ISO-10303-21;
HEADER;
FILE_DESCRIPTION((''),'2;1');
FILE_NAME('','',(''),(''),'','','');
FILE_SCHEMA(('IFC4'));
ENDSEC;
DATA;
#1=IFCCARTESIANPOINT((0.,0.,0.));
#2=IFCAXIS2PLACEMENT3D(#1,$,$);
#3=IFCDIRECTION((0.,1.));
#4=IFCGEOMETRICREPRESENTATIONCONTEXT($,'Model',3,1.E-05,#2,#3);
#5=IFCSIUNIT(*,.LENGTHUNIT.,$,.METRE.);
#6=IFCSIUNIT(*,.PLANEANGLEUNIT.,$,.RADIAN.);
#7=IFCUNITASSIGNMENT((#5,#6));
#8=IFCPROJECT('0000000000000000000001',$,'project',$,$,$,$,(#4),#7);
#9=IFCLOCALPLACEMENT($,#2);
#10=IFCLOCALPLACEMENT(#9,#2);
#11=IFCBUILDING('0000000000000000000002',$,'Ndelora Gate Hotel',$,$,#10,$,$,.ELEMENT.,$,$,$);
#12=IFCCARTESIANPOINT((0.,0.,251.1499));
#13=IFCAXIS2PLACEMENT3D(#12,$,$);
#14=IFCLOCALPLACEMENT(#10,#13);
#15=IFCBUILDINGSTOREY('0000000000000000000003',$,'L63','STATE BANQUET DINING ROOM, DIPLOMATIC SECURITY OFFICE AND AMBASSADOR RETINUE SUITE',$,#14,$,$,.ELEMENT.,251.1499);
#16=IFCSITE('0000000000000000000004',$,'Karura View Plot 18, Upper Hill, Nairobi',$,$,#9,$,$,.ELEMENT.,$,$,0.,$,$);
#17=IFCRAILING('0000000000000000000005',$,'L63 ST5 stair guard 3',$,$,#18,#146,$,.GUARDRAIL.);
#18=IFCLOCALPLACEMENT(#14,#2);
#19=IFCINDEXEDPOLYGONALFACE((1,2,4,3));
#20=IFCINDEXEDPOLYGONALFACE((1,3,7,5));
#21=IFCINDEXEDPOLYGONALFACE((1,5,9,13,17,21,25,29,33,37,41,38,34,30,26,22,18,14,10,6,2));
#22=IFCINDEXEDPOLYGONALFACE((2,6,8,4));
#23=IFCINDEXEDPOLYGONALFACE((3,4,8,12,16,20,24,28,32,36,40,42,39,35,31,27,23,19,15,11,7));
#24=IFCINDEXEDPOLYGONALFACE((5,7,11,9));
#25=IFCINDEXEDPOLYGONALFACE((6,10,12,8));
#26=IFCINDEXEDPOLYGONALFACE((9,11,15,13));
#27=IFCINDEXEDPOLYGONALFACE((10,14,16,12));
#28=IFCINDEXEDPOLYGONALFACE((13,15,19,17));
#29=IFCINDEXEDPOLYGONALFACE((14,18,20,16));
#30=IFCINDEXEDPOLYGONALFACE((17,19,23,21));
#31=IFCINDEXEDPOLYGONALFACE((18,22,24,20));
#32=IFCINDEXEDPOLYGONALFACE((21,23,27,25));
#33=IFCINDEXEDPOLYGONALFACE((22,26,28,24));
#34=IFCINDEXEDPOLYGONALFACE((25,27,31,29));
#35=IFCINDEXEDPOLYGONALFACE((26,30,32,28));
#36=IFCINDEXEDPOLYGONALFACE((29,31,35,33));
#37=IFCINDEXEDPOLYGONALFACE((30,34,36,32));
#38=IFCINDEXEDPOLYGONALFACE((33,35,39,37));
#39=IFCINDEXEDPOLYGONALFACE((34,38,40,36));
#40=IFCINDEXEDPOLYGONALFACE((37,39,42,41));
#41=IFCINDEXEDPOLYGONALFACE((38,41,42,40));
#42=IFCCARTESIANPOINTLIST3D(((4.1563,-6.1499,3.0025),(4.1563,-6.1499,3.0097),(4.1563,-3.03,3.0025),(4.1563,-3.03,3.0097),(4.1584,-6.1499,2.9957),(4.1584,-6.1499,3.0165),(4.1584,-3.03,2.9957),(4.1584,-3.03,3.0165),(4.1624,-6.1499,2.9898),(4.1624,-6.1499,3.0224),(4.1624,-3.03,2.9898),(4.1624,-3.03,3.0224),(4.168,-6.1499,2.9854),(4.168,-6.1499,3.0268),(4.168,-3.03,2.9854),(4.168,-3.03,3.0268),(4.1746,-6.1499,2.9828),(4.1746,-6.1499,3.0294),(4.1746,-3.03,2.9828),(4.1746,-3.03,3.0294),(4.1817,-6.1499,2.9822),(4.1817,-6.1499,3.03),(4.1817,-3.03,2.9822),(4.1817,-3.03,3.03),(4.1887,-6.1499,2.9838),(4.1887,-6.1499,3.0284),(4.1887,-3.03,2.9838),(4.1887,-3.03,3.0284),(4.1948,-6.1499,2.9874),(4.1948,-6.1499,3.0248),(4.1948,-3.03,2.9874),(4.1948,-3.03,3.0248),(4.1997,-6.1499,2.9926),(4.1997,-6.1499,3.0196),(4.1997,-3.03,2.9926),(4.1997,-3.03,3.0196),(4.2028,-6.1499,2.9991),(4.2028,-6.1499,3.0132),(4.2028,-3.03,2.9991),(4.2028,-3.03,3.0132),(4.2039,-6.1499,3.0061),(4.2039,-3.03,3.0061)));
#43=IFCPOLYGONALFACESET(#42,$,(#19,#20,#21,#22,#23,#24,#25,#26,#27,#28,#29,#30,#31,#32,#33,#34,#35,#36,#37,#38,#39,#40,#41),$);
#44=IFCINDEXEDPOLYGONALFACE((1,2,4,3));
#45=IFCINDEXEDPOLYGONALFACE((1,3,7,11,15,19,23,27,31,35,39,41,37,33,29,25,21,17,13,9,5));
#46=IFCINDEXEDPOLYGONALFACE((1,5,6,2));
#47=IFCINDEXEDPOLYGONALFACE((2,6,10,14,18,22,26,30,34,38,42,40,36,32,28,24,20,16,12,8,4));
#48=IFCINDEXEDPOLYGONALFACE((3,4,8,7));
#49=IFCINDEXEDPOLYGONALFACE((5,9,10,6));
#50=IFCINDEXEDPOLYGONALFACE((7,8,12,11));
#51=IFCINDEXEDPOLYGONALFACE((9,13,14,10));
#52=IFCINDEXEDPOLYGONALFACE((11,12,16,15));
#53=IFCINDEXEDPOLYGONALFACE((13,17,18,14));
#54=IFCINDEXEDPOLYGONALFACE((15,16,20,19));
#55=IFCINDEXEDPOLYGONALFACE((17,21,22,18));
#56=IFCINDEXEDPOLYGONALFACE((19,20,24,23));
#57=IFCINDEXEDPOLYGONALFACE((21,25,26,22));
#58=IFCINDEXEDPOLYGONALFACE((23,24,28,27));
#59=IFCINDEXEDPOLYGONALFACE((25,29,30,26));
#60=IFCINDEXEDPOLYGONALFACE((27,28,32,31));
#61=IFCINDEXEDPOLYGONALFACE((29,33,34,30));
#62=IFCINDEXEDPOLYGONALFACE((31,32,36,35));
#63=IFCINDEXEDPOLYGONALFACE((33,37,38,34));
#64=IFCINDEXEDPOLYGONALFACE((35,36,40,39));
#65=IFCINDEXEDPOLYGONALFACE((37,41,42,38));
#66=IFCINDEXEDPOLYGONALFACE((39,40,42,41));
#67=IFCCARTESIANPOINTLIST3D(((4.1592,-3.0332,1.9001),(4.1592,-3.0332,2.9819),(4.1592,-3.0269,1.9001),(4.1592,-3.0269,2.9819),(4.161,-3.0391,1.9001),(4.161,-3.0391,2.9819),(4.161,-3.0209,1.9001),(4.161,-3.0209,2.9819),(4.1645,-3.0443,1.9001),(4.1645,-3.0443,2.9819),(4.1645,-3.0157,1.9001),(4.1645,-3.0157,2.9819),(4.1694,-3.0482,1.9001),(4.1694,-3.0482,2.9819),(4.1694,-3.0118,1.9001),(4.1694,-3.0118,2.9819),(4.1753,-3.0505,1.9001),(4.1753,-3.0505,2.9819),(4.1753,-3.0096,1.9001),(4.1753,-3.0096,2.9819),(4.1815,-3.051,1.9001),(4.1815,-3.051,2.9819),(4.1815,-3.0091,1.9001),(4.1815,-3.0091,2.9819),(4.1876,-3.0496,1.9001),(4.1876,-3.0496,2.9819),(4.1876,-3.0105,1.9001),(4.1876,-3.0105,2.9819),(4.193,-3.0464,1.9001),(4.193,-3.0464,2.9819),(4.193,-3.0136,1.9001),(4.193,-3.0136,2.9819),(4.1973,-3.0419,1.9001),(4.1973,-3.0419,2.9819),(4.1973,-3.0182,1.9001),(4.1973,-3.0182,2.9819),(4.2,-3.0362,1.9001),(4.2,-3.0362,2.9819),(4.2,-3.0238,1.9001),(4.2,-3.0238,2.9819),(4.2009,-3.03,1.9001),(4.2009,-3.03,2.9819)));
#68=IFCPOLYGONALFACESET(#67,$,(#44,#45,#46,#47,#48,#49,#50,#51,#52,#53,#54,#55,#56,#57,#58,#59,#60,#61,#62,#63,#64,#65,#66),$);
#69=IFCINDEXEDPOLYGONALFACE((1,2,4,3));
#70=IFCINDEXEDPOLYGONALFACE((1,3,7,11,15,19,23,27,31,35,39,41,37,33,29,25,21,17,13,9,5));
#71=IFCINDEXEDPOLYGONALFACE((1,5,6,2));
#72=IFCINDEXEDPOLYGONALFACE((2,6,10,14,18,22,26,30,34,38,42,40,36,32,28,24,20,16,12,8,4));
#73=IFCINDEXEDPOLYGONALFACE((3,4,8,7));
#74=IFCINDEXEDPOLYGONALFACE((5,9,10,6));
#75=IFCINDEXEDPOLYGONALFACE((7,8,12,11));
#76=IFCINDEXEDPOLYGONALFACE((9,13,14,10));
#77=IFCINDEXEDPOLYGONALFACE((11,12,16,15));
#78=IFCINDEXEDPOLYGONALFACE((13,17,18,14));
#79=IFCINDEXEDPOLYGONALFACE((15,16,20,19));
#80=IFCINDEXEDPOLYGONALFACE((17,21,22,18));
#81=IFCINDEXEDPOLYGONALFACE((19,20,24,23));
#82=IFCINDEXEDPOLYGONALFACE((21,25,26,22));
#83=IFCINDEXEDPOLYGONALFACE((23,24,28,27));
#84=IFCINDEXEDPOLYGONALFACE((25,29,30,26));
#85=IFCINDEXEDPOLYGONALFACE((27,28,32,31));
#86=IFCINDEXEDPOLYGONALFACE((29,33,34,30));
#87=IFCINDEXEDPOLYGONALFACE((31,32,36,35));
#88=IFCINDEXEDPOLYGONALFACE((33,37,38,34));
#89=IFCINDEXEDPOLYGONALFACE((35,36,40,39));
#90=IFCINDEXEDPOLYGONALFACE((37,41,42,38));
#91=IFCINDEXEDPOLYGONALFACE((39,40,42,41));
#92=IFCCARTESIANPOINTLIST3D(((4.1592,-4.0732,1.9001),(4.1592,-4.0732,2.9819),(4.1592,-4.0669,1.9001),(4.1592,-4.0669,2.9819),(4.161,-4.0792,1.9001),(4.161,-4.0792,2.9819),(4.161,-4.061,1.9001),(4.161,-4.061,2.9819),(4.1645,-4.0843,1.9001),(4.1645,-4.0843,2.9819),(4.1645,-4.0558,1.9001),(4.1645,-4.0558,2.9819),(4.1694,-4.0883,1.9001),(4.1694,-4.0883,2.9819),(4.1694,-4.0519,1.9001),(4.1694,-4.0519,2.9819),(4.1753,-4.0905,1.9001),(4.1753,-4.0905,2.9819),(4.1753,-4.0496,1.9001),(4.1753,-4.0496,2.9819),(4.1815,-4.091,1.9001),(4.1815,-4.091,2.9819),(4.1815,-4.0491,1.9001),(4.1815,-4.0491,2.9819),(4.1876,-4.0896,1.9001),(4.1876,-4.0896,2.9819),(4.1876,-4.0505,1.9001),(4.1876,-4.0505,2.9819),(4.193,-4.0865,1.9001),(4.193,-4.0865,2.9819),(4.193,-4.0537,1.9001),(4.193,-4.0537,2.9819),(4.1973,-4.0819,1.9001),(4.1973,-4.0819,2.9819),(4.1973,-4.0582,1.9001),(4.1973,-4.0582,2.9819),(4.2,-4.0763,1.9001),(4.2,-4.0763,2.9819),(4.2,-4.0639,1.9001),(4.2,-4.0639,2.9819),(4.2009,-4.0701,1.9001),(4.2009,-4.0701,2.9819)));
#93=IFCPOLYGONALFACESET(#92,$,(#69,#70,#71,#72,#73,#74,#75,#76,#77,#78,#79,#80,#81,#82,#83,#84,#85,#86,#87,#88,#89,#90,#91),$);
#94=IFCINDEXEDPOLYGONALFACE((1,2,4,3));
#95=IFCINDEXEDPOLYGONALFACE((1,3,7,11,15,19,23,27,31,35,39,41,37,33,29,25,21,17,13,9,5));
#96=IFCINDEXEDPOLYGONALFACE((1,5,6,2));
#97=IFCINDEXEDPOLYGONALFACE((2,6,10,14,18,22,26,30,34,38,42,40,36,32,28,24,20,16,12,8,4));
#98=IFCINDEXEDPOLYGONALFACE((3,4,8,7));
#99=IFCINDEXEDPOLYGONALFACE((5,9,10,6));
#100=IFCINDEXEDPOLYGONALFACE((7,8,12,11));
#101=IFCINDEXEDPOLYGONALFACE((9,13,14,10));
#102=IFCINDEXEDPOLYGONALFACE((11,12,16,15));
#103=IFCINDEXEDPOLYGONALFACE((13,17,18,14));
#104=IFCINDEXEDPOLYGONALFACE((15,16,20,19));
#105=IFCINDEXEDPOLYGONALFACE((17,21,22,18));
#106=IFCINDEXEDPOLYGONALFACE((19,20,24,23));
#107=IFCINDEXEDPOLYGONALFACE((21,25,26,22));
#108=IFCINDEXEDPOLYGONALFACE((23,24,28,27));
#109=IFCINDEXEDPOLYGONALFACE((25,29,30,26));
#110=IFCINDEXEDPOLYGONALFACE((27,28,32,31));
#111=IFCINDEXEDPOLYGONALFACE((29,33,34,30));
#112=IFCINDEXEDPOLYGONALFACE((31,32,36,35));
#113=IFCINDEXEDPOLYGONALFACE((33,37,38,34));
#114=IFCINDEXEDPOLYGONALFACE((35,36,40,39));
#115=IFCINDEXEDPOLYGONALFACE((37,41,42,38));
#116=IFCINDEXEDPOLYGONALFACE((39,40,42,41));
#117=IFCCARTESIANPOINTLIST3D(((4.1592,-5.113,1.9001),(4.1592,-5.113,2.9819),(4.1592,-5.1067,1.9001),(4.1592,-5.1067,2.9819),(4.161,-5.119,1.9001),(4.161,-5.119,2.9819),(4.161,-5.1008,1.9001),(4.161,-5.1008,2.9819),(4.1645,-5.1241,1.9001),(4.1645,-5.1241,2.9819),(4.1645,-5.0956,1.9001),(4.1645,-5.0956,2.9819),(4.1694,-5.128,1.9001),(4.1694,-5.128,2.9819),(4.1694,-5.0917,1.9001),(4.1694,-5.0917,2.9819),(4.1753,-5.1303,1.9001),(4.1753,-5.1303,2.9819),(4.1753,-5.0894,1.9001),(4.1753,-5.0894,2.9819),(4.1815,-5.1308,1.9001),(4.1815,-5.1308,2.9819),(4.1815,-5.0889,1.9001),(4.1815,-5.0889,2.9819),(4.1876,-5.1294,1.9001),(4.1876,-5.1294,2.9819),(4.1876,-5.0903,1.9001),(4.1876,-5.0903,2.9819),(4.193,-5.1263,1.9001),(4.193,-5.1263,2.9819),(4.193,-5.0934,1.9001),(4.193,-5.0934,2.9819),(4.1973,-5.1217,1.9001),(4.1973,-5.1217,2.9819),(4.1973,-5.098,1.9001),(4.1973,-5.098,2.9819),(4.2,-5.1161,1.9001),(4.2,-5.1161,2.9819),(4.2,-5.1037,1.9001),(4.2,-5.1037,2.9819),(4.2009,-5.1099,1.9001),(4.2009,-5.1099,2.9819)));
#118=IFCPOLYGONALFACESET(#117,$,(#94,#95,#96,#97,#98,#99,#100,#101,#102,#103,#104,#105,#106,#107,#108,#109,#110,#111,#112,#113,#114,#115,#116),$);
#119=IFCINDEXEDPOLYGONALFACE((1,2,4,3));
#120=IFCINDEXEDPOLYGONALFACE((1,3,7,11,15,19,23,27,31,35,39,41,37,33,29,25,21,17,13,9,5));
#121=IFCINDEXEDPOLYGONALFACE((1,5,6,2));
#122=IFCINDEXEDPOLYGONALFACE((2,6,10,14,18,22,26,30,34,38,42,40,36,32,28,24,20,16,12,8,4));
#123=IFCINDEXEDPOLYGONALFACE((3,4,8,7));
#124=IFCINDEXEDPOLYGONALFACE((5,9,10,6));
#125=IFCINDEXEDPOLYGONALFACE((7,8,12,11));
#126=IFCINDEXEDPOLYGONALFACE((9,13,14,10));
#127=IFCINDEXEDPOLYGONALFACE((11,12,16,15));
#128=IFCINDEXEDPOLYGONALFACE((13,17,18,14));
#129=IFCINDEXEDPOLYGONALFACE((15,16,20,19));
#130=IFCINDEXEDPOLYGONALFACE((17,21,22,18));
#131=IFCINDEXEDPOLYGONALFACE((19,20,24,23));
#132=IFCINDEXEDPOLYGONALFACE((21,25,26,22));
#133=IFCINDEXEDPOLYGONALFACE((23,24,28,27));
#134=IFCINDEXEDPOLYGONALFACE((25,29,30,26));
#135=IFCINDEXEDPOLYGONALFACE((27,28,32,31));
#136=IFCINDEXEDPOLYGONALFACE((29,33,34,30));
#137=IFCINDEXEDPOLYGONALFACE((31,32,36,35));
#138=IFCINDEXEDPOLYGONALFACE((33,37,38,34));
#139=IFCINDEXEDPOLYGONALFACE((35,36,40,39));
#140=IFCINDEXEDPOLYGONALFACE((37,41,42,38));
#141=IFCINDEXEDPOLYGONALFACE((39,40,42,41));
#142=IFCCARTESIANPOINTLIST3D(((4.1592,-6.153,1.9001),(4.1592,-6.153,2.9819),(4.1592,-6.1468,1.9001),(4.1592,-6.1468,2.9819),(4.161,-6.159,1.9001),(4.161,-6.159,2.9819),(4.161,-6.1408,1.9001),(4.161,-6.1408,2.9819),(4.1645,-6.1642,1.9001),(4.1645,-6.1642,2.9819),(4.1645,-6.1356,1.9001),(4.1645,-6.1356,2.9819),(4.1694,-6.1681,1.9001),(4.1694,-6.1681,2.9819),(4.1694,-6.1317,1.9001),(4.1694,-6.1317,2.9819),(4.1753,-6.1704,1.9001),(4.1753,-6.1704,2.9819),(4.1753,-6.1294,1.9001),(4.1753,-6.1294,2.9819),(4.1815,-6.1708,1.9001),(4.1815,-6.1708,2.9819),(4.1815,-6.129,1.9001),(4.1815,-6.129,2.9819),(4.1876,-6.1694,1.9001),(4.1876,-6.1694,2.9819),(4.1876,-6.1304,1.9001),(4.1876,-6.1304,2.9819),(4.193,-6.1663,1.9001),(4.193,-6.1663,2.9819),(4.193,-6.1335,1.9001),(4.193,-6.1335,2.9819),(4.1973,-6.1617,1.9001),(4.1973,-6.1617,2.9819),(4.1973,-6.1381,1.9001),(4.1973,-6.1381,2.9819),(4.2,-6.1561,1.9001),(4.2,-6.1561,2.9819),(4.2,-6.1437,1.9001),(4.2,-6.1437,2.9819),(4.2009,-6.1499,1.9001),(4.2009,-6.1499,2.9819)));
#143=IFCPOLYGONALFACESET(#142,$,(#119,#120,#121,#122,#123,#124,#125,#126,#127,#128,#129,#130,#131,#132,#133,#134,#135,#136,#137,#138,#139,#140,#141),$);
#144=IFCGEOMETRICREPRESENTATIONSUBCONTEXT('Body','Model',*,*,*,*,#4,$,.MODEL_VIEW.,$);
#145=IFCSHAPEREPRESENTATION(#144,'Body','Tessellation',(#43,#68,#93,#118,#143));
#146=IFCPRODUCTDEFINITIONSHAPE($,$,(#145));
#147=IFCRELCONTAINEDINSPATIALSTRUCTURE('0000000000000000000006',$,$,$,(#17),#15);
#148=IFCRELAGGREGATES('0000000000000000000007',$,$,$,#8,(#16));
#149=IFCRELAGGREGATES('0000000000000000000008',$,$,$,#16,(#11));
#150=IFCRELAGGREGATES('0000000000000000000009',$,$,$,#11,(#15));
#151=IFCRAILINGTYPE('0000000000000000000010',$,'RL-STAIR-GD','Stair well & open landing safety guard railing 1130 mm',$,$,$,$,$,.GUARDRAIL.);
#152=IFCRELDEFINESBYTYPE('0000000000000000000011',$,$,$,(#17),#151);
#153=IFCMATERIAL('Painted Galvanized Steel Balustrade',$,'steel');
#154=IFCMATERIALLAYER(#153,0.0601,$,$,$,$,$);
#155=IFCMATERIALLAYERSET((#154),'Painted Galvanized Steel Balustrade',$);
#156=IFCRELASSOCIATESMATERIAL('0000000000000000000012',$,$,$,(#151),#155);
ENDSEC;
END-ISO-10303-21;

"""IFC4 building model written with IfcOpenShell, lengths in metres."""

from ifc_helpers import new_model, si_unit, direction, frame, origin, origin_2d, place, context, subcontext, project, spatial, circle, extrude, material, layer, layer_set, type_object, element, save


model = new_model("IFC4")

# Units and contexts
model_context = context("Model", 3, precision=1e-05, world=origin(), true_north=direction((0.0, 1.0)))
body_context = subcontext(model_context, "Body", "Model", "MODEL_VIEW")
ifc_project = project(units=[si_unit("LENGTHUNIT", "METRE"), si_unit("PLANEANGLEUNIT", "RADIAN")], contexts=[model_context])

# Site, building, storey
site_placement = place(None, origin())
site = spatial("IfcSite", under=ifc_project, at=site_placement, Name="Karura View Plot 18, Upper Hill, Nairobi", CompositionType="ELEMENT", RefElevation=0.0)
building_placement = place(site_placement, origin())
building = spatial("IfcBuilding", under=site, at=building_placement, Name="Ndelora Gate Hotel", CompositionType="ELEMENT")
storey_placement = place(building_placement, frame((0.0, 0.0, 251.1499)))
storey = spatial("IfcBuildingStorey", under=building, at=storey_placement, Name="L63", Description="STATE BANQUET DINING ROOM, DIPLOMATIC SECURITY OFFICE AND AMBASSADOR RETINUE SUITE", CompositionType="ELEMENT", Elevation=251.1499)

# Railing
ifc_material_1 = material(Name="Painted Galvanized Steel Balustrade", Category="steel")
ifc_layer_1 = layer(ifc_material_1, 0.0601)
ifc_layer_set_1 = layer_set([ifc_layer_1], Name="Painted Galvanized Steel Balustrade")
railing_type_1 = type_object("IfcRailingType", Name="RL-STAIR-GD", Description="Stair well & open landing safety guard railing 1130 mm", PredefinedType="GUARDRAIL", material=ifc_layer_set_1)
for number, where, name in (
    (1, (4.1799, -3.03, 1.9001), "L63 ST5 stair guard 3"),
):
    element("IfcRailing", number, at=place(storey_placement, frame(where)), inside=storey, type_object=railing_type_1, Name=name, PredefinedType="GUARDRAIL", context=body_context, shape_type="SweptSolid", body=[
        extrude(circle(Radius=0.0239, at=origin_2d()), frame((0.0, 0.0, 1.106), z_axis=(0.0, -1.0, 0.0), x_axis=(1.0, 0.0, 0.0)), (0.0, 0.0, 1.0), 3.1199),
        extrude(circle(Radius=0.021, at=origin_2d()), origin(), (0.0, 0.0, 1.0), 1.0818),
        extrude(circle(Radius=0.021, at=origin_2d()), frame((0.0, -1.04, 0.0)), (0.0, 0.0, 1.0), 1.0818),
        extrude(circle(Radius=0.021, at=origin_2d()), frame((0.0, -2.0798, 0.0)), (0.0, 0.0, 1.0), 1.0818),
        extrude(circle(Radius=0.021, at=origin_2d()), frame((0.0, -3.1199, 0.0)), (0.0, 0.0, 1.0), 1.0818),
    ])

save(model, "model.ifc")
